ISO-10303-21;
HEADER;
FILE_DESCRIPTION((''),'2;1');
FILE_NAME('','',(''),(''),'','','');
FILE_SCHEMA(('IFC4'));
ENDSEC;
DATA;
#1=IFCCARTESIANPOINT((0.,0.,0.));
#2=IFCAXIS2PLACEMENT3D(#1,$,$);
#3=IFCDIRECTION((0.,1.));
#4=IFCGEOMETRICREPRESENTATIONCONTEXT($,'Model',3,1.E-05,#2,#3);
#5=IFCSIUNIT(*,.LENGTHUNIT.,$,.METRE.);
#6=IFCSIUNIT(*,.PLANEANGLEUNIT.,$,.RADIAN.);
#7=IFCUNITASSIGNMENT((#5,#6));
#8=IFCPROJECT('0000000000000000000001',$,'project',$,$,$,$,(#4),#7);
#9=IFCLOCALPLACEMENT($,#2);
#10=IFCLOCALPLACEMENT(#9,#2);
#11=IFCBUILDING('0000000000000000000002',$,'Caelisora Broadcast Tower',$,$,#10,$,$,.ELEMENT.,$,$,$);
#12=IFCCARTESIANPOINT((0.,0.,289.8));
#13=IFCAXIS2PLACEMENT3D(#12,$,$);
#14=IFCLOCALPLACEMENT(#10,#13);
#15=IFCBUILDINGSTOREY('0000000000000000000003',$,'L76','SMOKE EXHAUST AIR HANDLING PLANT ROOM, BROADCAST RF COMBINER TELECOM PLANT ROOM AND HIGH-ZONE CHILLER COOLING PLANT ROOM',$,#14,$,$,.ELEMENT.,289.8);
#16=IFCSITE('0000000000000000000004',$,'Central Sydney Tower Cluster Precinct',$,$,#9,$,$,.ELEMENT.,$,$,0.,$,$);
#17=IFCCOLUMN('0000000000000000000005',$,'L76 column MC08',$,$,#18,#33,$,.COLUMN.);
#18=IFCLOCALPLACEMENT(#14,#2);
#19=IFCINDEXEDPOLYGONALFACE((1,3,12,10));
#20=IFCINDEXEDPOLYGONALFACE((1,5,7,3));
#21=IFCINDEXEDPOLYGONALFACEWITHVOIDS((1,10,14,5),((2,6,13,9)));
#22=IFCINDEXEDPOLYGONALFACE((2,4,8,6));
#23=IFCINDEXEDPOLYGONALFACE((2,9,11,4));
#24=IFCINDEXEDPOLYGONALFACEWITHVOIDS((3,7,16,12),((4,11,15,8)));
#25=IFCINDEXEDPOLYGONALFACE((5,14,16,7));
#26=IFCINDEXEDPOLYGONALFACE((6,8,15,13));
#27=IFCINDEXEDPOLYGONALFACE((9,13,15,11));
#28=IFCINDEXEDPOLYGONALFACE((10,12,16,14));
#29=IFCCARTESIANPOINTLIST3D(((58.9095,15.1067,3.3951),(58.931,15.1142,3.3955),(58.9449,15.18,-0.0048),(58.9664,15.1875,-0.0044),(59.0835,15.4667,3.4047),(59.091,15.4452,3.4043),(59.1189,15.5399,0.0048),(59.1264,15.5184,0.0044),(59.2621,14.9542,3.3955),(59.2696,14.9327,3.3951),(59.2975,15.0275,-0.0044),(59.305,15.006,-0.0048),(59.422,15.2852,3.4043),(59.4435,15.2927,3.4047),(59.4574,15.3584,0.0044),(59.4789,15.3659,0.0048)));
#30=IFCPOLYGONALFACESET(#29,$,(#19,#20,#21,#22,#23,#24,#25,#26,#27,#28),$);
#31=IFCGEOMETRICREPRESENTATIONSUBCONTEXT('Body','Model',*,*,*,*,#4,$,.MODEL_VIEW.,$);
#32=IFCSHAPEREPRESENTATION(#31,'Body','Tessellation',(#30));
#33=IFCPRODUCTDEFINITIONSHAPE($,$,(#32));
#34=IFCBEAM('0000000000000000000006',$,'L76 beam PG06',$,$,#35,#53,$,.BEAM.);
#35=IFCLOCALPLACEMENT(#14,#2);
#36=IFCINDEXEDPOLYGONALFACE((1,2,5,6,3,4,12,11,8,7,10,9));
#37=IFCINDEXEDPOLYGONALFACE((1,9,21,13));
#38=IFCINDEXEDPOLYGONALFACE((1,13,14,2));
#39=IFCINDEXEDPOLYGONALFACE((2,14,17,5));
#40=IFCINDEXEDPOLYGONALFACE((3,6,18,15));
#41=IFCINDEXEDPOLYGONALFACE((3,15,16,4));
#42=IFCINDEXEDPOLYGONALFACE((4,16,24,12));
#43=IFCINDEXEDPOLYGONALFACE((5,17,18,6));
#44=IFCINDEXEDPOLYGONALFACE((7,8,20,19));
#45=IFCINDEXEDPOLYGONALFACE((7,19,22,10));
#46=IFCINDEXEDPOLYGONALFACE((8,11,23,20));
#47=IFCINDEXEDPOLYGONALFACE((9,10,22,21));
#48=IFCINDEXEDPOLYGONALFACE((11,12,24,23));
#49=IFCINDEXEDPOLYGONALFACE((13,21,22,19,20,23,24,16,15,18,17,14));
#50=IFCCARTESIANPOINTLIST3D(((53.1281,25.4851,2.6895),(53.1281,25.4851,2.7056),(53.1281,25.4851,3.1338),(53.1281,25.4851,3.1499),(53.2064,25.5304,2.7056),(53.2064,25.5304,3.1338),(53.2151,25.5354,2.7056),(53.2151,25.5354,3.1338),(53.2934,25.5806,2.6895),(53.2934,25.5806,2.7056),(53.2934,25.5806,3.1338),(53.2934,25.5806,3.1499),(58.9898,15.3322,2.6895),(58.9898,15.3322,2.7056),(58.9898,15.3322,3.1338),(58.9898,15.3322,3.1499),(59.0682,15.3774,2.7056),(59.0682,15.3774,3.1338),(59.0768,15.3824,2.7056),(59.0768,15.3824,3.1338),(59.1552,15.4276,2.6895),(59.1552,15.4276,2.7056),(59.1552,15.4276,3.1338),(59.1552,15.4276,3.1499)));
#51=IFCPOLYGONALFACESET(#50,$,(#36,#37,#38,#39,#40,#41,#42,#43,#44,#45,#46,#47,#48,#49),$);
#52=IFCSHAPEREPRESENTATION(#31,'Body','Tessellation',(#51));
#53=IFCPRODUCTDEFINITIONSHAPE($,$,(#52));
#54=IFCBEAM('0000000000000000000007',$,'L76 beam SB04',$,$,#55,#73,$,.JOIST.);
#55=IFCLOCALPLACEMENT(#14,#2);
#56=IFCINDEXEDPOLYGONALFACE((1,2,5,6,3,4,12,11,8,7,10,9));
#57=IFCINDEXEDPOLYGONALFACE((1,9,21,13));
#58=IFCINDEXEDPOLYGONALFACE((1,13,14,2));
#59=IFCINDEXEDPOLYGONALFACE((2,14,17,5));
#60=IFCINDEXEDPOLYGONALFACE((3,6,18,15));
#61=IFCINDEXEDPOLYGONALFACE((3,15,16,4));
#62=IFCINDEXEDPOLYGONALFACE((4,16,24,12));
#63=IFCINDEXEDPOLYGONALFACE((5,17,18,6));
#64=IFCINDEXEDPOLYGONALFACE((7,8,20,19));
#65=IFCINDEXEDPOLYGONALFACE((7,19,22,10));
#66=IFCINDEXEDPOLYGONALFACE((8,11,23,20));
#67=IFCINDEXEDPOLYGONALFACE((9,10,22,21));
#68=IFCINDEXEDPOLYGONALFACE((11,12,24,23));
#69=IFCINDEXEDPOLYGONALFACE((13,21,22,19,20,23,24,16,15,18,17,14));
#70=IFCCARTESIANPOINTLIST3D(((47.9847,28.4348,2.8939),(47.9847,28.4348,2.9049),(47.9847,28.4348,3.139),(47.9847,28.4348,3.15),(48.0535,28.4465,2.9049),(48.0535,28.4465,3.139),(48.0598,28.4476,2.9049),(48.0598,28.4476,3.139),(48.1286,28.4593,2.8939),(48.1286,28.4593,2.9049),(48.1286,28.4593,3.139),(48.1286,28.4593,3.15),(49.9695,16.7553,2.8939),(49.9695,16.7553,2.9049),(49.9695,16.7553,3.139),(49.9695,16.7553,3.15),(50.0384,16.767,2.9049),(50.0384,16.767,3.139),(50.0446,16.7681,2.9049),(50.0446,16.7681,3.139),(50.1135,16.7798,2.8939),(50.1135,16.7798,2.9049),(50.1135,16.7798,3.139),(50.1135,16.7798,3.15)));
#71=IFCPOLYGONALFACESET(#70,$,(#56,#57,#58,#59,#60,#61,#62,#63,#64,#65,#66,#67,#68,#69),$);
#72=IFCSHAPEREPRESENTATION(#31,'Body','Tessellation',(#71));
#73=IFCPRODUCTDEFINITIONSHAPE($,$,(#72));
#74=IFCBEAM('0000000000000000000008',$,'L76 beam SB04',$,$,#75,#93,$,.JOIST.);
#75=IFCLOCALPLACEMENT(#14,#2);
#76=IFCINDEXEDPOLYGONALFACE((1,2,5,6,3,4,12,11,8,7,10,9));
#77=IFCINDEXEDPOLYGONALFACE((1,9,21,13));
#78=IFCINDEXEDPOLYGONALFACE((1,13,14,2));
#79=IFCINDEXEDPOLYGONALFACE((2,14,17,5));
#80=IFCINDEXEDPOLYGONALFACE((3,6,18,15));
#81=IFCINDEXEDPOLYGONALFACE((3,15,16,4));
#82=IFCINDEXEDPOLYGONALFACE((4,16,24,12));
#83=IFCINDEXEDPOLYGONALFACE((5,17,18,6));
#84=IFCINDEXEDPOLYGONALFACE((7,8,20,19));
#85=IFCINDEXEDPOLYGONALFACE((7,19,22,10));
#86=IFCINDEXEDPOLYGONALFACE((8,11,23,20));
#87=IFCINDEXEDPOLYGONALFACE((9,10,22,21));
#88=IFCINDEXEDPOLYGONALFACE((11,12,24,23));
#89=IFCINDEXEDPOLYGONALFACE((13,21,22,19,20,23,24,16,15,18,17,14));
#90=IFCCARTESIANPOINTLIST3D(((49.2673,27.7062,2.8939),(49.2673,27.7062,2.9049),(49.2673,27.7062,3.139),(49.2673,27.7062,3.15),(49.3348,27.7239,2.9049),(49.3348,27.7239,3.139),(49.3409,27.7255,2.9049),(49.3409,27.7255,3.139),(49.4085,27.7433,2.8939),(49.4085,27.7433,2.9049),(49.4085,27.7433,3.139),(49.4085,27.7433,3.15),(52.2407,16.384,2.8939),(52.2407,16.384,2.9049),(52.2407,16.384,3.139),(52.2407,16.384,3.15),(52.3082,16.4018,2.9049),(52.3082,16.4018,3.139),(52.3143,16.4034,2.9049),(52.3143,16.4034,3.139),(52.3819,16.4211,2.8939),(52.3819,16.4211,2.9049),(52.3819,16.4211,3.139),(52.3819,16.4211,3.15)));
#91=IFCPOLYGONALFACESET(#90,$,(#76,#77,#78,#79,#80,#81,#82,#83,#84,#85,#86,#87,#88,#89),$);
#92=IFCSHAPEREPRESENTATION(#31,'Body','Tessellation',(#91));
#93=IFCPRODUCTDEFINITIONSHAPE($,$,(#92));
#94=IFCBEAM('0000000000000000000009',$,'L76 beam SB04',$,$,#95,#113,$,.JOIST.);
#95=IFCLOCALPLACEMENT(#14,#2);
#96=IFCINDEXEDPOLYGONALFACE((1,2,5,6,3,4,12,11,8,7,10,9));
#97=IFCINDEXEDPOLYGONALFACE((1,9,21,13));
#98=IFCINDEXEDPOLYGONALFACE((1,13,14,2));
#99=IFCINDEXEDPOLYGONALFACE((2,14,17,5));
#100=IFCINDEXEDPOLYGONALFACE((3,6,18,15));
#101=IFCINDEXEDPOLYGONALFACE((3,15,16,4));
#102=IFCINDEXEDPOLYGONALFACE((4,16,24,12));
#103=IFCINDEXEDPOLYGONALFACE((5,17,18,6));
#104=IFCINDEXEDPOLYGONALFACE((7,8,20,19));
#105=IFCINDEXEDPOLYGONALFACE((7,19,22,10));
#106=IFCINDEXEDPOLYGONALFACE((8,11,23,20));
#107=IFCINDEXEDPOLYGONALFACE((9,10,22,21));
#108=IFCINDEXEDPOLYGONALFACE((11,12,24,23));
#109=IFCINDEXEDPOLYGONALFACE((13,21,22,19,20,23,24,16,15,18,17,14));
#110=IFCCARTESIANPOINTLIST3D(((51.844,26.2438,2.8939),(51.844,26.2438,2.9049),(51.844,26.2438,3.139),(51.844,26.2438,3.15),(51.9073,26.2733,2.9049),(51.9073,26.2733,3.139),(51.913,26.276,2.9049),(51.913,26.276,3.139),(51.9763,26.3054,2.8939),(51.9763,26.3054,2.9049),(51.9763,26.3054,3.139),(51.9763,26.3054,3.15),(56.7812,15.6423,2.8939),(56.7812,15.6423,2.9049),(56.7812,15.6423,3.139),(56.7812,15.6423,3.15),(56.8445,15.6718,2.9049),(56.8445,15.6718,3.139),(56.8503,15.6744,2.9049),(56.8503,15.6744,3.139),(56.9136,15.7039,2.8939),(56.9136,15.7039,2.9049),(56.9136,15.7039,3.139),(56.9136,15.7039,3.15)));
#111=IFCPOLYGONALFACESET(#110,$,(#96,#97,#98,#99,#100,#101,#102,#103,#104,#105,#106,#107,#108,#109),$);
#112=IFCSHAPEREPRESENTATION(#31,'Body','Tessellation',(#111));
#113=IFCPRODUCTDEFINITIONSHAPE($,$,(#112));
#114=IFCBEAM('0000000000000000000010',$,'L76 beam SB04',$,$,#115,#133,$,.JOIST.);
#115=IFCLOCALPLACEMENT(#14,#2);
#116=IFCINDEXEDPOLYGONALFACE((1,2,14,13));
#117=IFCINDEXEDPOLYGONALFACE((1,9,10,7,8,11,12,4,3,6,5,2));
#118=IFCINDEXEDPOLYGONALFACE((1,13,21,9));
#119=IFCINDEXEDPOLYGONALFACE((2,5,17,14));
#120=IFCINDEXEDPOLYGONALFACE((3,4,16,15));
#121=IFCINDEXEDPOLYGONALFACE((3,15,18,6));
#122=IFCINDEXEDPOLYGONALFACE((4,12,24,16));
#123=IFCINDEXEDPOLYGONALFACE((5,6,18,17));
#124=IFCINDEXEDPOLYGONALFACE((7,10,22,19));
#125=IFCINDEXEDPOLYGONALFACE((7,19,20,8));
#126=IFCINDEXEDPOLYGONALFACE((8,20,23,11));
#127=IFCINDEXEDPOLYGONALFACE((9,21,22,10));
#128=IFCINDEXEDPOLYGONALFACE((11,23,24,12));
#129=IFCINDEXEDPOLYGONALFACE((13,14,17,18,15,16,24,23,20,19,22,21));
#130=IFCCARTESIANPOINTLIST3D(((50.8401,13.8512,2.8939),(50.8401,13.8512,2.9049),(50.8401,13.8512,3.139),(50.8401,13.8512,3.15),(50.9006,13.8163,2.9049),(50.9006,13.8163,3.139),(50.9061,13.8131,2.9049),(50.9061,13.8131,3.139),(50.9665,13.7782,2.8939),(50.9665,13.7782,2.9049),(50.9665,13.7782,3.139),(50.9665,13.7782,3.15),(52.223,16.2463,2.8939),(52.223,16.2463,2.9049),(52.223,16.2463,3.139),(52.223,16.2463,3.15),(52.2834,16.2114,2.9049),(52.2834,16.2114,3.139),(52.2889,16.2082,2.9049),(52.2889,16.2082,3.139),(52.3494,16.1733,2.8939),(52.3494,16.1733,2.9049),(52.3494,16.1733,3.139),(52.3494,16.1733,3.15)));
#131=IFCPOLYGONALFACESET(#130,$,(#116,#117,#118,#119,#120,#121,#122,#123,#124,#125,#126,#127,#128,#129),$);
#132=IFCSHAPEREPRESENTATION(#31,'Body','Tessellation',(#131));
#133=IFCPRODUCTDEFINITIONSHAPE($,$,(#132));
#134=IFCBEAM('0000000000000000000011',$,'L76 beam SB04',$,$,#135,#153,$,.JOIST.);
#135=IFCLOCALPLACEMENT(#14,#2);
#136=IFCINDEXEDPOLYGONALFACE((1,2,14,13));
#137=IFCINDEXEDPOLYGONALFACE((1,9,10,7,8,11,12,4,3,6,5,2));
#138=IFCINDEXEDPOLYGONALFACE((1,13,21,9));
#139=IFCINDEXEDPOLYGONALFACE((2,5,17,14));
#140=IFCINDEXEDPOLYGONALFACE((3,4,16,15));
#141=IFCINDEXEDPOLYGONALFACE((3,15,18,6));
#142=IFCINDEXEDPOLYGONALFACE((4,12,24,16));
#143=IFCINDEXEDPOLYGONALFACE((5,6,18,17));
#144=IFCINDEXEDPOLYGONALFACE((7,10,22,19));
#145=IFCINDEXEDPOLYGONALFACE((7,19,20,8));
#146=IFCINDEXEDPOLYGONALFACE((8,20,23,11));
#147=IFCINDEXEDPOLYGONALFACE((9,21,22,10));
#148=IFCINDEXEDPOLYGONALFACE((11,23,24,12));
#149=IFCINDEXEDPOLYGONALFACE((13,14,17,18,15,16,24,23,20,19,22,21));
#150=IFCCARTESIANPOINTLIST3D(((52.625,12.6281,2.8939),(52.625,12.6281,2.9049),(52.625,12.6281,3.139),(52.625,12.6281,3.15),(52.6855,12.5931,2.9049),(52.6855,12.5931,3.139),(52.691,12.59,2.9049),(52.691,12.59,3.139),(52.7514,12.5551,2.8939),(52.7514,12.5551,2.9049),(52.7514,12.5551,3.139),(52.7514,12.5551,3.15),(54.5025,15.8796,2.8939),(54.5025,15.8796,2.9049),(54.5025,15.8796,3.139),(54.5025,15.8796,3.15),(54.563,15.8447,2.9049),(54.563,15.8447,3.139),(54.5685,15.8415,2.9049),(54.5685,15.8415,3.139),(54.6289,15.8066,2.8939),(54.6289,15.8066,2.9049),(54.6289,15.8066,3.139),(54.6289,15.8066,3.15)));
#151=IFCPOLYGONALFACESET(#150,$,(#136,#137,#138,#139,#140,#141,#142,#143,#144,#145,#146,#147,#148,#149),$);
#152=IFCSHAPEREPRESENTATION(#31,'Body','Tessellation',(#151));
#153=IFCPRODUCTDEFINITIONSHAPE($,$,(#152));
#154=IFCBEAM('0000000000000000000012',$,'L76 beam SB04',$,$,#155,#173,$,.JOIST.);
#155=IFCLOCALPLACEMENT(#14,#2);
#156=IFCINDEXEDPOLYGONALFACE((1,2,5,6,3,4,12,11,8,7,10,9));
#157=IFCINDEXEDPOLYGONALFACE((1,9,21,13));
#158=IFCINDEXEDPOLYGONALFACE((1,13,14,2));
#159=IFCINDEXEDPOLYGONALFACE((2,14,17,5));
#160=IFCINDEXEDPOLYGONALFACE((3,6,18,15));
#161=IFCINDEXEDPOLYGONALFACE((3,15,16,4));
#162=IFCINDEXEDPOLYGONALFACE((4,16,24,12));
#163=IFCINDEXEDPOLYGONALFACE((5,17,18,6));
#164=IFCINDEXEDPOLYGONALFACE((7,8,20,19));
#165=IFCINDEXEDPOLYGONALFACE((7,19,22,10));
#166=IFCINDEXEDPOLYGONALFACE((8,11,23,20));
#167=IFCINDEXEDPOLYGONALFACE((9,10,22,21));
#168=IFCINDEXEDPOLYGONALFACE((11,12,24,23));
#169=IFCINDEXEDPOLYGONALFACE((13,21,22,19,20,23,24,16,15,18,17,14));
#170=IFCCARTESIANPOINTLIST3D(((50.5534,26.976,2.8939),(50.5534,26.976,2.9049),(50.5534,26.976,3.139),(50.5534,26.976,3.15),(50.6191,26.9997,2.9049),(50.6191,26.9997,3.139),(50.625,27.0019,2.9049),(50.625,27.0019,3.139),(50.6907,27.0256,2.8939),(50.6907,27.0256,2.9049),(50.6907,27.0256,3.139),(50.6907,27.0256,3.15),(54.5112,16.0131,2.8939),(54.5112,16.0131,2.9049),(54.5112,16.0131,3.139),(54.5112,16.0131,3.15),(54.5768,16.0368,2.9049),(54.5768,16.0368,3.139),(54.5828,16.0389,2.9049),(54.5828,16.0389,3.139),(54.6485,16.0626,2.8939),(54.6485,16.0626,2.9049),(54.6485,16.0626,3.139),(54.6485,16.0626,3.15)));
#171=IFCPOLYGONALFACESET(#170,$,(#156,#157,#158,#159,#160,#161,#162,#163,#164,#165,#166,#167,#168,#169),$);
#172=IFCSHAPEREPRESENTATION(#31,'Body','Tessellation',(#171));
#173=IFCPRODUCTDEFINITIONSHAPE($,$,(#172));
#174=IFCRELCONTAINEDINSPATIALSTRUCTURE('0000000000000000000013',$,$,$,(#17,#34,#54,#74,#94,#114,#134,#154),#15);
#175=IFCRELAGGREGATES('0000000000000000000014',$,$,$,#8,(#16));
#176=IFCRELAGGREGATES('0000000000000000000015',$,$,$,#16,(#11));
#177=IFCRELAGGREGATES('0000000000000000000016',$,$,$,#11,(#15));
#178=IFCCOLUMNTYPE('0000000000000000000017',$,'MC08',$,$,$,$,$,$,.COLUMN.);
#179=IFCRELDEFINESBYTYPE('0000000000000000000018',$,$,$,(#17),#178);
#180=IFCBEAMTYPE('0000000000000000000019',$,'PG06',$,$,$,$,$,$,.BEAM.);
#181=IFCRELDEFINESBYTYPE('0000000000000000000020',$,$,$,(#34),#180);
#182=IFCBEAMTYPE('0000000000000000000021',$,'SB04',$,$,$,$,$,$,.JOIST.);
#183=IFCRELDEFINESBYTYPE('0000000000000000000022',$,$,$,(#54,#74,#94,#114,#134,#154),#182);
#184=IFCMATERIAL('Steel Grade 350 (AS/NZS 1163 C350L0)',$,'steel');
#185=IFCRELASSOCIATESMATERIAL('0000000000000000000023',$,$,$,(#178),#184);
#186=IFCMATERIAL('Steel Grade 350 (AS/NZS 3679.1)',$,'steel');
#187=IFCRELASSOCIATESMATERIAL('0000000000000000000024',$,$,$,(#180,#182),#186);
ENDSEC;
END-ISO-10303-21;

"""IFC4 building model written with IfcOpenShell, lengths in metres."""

from ifc_helpers import new_model, si_unit, direction, frame, origin, origin_2d, place, context, subcontext, project, spatial, hollow_rectangle, i_section, extrude, source, transform, mapped, material, material_profile, profile_set, type_object, type_shapes, element, save


model = new_model("IFC4")

# Units and contexts
model_context = context("Model", 3, precision=1e-05, world=origin(), true_north=direction((0.0, 1.0)))
body_context = subcontext(model_context, "Body", "Model", "MODEL_VIEW")
ifc_project = project(units=[si_unit("LENGTHUNIT", "METRE"), si_unit("PLANEANGLEUNIT", "RADIAN")], contexts=[model_context])

# Site, building, storey
site_placement = place(None, origin())
site = spatial("IfcSite", under=ifc_project, at=site_placement, Name="Central Sydney Tower Cluster Precinct", CompositionType="ELEMENT", RefElevation=0.0)
building_placement = place(site_placement, origin())
building = spatial("IfcBuilding", under=site, at=building_placement, Name="Caelisora Broadcast Tower", CompositionType="ELEMENT")
storey_placement = place(building_placement, frame((0.0, 0.0, 289.8)))
storey = spatial("IfcBuildingStorey", under=building, at=storey_placement, Name="L76", Description="SMOKE EXHAUST AIR HANDLING PLANT ROOM, BROADCAST RF COMBINER TELECOM PLANT ROOM AND HIGH-ZONE CHILLER COOLING PLANT ROOM", CompositionType="ELEMENT", Elevation=289.8)

# Column
ifc_material_1 = material(Name="Steel Grade 350 (AS/NZS 1163 C350L0)", Category="steel")
ifc_material_profile_1 = material_profile(ifc_material_1, hollow_rectangle(XDim=0.3999, YDim=0.3999, WallThickness=0.0161, at=origin_2d()), Name="Steel Grade 350 (AS/NZS 1163 C350L0)")
ifc_profile_set_1 = profile_set([ifc_material_profile_1], Name="Steel Grade 350 (AS/NZS 1163 C350L0)")
column_type = type_object("IfcColumnType", Name="MC08", PredefinedType="COLUMN", material=ifc_profile_set_1)
shared_shape_1 = source(origin(), body_context, "Body", "SweptSolid", [
    extrude(hollow_rectangle(XDim=0.3999, YDim=0.3999, WallThickness=0.0161, at=origin_2d()), origin(), (0.0, 0.0, 1.0), 3.4009),
])
type_shapes(column_type, [shared_shape_1])
column_placement = place(storey_placement, frame((59.2119, 15.2729, 0.0), z_axis=(-0.010409, -0.021536, 0.999714), x_axis=(0.900349, -0.435169, 0.0)))
element("IfcColumn", 1, at=column_placement, inside=storey, type_object=column_type, Name="L76 column MC08", PredefinedType="COLUMN", context=body_context, shape_type="MappedRepresentation", body=[
    mapped(shared_shape_1, transform((0.0, 0.0, 0.0), scale=1.0)),
])

# Beams
ifc_material_2 = material(Name="Steel Grade 350 (AS/NZS 3679.1)", Category="steel")
ifc_material_profile_2 = material_profile(ifc_material_2, i_section(OverallWidth=0.1909, OverallDepth=0.4604, WebThickness=0.01, FlangeThickness=0.0161, at=origin_2d()), Name="Steel Grade 350 (AS/NZS 3679.1)")
ifc_profile_set_2 = profile_set([ifc_material_profile_2], Name="Steel Grade 350 (AS/NZS 3679.1)")
beam_type_1 = type_object("IfcBeamType", Name="PG06", PredefinedType="BEAM", material=ifc_profile_set_2)
shared_shape_2 = source(origin(), body_context, "Body", "SweptSolid", [
    extrude(i_section(OverallWidth=0.1909, OverallDepth=0.4604, WebThickness=0.01, FlangeThickness=0.0161, at=origin_2d()), origin(), (0.0, 0.0, 1.0), 11.7236),
])
type_shapes(beam_type_1, [shared_shape_2])
beam_1_placement = place(storey_placement, frame((59.0725, 15.3799, 2.9197), z_axis=(-0.499996, 0.866028, 0.0), x_axis=(-0.866028, -0.499996, 0.0)))
element("IfcBeam", 2, at=beam_1_placement, inside=storey, type_object=beam_type_1, Name="L76 beam PG06", PredefinedType="BEAM", context=body_context, shape_type="MappedRepresentation", body=[
    mapped(shared_shape_2, transform((0.0, 0.0, 0.0), scale=1.0)),
])
ifc_material_profile_3 = material_profile(ifc_material_2, i_section(OverallWidth=0.146, OverallDepth=0.2561, WebThickness=0.0063, FlangeThickness=0.011, at=origin_2d()), Name="Steel Grade 350 (AS/NZS 3679.1)")
ifc_profile_set_3 = profile_set([ifc_material_profile_3], Name="Steel Grade 350 (AS/NZS 3679.1)")
beam_type_2 = type_object("IfcBeamType", Name="SB04", PredefinedType="JOIST", material=ifc_profile_set_3)
shared_shape_3 = source(origin(), body_context, "Body", "SweptSolid", [
    extrude(i_section(OverallWidth=0.146, OverallDepth=0.2561, WebThickness=0.0063, FlangeThickness=0.011, at=origin_2d()), origin(), (0.0, 0.0, 1.0), 11.8469),
])
beam_2_placement = place(storey_placement, frame((50.0415, 16.7676, 3.022), z_axis=(-0.167543, 0.985865, 0.0), x_axis=(-0.985865, -0.167543, 0.0)))
element("IfcBeam", 3, at=beam_2_placement, inside=storey, type_object=beam_type_2, Name="L76 beam SB04", PredefinedType="JOIST", context=body_context, shape_type="MappedRepresentation", body=[
    mapped(shared_shape_3, transform((0.0, 0.0, 0.0), scale=1.0)),
])
shared_shape_4 = source(origin(), body_context, "Body", "SweptSolid", [
    extrude(i_section(OverallWidth=0.146, OverallDepth=0.2561, WebThickness=0.0063, FlangeThickness=0.011, at=origin_2d()), origin(), (0.0, 0.0, 1.0), 11.7061),
])
beam_3_placement = place(storey_placement, frame((52.3113, 16.4026, 3.022), z_axis=(-0.254007, 0.967202, 0.0), x_axis=(-0.967202, -0.254007, 0.0)))
element("IfcBeam", 4, at=beam_3_placement, inside=storey, type_object=beam_type_2, Name="L76 beam SB04", PredefinedType="JOIST", context=body_context, shape_type="MappedRepresentation", body=[
    mapped(shared_shape_4, transform((0.0, 0.0, 0.0), scale=1.0)),
])
shared_shape_5 = source(origin(), body_context, "Body", "SweptSolid", [
    extrude(i_section(OverallWidth=0.146, OverallDepth=0.2561, WebThickness=0.0063, FlangeThickness=0.011, at=origin_2d()), origin(), (0.0, 0.0, 1.0), 11.6948),
])
beam_4_placement = place(storey_placement, frame((56.8474, 15.6731, 3.022), z_axis=(-0.422173, 0.906515, 0.0), x_axis=(-0.906515, -0.422173, 0.0)))
element("IfcBeam", 5, at=beam_4_placement, inside=storey, type_object=beam_type_2, Name="L76 beam SB04", PredefinedType="JOIST", context=body_context, shape_type="MappedRepresentation", body=[
    mapped(shared_shape_5, transform((0.0, 0.0, 0.0), scale=1.0)),
])
shared_shape_6 = source(origin(), body_context, "Body", "SweptSolid", [
    extrude(i_section(OverallWidth=0.146, OverallDepth=0.2561, WebThickness=0.0063, FlangeThickness=0.011, at=origin_2d()), origin(), (0.0, 0.0, 1.0), 2.7656),
])
beam_5_placement = place(storey_placement, frame((50.9033, 13.8147, 3.022), z_axis=(0.500013, 0.866018, 0.0), x_axis=(-0.866018, 0.500013, 0.0)))
element("IfcBeam", 6, at=beam_5_placement, inside=storey, type_object=beam_type_2, Name="L76 beam SB04", PredefinedType="JOIST", context=body_context, shape_type="MappedRepresentation", body=[
    mapped(shared_shape_6, transform((0.0, 0.0, 0.0), scale=1.0)),
])
shared_shape_7 = source(origin(), body_context, "Body", "SweptSolid", [
    extrude(i_section(OverallWidth=0.146, OverallDepth=0.2561, WebThickness=0.0063, FlangeThickness=0.011, at=origin_2d()), origin(), (0.0, 0.0, 1.0), 3.7546),
])
beam_6_placement = place(storey_placement, frame((52.6882, 12.5916, 3.022), z_axis=(0.500041, 0.866001, 0.0), x_axis=(-0.866001, 0.500041, 0.0)))
element("IfcBeam", 7, at=beam_6_placement, inside=storey, type_object=beam_type_2, Name="L76 beam SB04", PredefinedType="JOIST", context=body_context, shape_type="MappedRepresentation", body=[
    mapped(shared_shape_7, transform((0.0, 0.0, 0.0), scale=1.0)),
])
shared_shape_8 = source(origin(), body_context, "Body", "SweptSolid", [
    extrude(i_section(OverallWidth=0.146, OverallDepth=0.2561, WebThickness=0.0063, FlangeThickness=0.011, at=origin_2d()), origin(), (0.0, 0.0, 1.0), 11.6555),
])
type_shapes(beam_type_2, [shared_shape_3, shared_shape_4, shared_shape_5, shared_shape_6, shared_shape_7, shared_shape_8])
beam_7_placement = place(storey_placement, frame((54.5798, 16.0378, 3.022), z_axis=(-0.339564, 0.940583, 0.0), x_axis=(-0.940583, -0.339564, 0.0)))
element("IfcBeam", 8, at=beam_7_placement, inside=storey, type_object=beam_type_2, Name="L76 beam SB04", PredefinedType="JOIST", context=body_context, shape_type="MappedRepresentation", body=[
    mapped(shared_shape_8, transform((0.0, 0.0, 0.0), scale=1.0)),
])

save(model, "model.ifc")
